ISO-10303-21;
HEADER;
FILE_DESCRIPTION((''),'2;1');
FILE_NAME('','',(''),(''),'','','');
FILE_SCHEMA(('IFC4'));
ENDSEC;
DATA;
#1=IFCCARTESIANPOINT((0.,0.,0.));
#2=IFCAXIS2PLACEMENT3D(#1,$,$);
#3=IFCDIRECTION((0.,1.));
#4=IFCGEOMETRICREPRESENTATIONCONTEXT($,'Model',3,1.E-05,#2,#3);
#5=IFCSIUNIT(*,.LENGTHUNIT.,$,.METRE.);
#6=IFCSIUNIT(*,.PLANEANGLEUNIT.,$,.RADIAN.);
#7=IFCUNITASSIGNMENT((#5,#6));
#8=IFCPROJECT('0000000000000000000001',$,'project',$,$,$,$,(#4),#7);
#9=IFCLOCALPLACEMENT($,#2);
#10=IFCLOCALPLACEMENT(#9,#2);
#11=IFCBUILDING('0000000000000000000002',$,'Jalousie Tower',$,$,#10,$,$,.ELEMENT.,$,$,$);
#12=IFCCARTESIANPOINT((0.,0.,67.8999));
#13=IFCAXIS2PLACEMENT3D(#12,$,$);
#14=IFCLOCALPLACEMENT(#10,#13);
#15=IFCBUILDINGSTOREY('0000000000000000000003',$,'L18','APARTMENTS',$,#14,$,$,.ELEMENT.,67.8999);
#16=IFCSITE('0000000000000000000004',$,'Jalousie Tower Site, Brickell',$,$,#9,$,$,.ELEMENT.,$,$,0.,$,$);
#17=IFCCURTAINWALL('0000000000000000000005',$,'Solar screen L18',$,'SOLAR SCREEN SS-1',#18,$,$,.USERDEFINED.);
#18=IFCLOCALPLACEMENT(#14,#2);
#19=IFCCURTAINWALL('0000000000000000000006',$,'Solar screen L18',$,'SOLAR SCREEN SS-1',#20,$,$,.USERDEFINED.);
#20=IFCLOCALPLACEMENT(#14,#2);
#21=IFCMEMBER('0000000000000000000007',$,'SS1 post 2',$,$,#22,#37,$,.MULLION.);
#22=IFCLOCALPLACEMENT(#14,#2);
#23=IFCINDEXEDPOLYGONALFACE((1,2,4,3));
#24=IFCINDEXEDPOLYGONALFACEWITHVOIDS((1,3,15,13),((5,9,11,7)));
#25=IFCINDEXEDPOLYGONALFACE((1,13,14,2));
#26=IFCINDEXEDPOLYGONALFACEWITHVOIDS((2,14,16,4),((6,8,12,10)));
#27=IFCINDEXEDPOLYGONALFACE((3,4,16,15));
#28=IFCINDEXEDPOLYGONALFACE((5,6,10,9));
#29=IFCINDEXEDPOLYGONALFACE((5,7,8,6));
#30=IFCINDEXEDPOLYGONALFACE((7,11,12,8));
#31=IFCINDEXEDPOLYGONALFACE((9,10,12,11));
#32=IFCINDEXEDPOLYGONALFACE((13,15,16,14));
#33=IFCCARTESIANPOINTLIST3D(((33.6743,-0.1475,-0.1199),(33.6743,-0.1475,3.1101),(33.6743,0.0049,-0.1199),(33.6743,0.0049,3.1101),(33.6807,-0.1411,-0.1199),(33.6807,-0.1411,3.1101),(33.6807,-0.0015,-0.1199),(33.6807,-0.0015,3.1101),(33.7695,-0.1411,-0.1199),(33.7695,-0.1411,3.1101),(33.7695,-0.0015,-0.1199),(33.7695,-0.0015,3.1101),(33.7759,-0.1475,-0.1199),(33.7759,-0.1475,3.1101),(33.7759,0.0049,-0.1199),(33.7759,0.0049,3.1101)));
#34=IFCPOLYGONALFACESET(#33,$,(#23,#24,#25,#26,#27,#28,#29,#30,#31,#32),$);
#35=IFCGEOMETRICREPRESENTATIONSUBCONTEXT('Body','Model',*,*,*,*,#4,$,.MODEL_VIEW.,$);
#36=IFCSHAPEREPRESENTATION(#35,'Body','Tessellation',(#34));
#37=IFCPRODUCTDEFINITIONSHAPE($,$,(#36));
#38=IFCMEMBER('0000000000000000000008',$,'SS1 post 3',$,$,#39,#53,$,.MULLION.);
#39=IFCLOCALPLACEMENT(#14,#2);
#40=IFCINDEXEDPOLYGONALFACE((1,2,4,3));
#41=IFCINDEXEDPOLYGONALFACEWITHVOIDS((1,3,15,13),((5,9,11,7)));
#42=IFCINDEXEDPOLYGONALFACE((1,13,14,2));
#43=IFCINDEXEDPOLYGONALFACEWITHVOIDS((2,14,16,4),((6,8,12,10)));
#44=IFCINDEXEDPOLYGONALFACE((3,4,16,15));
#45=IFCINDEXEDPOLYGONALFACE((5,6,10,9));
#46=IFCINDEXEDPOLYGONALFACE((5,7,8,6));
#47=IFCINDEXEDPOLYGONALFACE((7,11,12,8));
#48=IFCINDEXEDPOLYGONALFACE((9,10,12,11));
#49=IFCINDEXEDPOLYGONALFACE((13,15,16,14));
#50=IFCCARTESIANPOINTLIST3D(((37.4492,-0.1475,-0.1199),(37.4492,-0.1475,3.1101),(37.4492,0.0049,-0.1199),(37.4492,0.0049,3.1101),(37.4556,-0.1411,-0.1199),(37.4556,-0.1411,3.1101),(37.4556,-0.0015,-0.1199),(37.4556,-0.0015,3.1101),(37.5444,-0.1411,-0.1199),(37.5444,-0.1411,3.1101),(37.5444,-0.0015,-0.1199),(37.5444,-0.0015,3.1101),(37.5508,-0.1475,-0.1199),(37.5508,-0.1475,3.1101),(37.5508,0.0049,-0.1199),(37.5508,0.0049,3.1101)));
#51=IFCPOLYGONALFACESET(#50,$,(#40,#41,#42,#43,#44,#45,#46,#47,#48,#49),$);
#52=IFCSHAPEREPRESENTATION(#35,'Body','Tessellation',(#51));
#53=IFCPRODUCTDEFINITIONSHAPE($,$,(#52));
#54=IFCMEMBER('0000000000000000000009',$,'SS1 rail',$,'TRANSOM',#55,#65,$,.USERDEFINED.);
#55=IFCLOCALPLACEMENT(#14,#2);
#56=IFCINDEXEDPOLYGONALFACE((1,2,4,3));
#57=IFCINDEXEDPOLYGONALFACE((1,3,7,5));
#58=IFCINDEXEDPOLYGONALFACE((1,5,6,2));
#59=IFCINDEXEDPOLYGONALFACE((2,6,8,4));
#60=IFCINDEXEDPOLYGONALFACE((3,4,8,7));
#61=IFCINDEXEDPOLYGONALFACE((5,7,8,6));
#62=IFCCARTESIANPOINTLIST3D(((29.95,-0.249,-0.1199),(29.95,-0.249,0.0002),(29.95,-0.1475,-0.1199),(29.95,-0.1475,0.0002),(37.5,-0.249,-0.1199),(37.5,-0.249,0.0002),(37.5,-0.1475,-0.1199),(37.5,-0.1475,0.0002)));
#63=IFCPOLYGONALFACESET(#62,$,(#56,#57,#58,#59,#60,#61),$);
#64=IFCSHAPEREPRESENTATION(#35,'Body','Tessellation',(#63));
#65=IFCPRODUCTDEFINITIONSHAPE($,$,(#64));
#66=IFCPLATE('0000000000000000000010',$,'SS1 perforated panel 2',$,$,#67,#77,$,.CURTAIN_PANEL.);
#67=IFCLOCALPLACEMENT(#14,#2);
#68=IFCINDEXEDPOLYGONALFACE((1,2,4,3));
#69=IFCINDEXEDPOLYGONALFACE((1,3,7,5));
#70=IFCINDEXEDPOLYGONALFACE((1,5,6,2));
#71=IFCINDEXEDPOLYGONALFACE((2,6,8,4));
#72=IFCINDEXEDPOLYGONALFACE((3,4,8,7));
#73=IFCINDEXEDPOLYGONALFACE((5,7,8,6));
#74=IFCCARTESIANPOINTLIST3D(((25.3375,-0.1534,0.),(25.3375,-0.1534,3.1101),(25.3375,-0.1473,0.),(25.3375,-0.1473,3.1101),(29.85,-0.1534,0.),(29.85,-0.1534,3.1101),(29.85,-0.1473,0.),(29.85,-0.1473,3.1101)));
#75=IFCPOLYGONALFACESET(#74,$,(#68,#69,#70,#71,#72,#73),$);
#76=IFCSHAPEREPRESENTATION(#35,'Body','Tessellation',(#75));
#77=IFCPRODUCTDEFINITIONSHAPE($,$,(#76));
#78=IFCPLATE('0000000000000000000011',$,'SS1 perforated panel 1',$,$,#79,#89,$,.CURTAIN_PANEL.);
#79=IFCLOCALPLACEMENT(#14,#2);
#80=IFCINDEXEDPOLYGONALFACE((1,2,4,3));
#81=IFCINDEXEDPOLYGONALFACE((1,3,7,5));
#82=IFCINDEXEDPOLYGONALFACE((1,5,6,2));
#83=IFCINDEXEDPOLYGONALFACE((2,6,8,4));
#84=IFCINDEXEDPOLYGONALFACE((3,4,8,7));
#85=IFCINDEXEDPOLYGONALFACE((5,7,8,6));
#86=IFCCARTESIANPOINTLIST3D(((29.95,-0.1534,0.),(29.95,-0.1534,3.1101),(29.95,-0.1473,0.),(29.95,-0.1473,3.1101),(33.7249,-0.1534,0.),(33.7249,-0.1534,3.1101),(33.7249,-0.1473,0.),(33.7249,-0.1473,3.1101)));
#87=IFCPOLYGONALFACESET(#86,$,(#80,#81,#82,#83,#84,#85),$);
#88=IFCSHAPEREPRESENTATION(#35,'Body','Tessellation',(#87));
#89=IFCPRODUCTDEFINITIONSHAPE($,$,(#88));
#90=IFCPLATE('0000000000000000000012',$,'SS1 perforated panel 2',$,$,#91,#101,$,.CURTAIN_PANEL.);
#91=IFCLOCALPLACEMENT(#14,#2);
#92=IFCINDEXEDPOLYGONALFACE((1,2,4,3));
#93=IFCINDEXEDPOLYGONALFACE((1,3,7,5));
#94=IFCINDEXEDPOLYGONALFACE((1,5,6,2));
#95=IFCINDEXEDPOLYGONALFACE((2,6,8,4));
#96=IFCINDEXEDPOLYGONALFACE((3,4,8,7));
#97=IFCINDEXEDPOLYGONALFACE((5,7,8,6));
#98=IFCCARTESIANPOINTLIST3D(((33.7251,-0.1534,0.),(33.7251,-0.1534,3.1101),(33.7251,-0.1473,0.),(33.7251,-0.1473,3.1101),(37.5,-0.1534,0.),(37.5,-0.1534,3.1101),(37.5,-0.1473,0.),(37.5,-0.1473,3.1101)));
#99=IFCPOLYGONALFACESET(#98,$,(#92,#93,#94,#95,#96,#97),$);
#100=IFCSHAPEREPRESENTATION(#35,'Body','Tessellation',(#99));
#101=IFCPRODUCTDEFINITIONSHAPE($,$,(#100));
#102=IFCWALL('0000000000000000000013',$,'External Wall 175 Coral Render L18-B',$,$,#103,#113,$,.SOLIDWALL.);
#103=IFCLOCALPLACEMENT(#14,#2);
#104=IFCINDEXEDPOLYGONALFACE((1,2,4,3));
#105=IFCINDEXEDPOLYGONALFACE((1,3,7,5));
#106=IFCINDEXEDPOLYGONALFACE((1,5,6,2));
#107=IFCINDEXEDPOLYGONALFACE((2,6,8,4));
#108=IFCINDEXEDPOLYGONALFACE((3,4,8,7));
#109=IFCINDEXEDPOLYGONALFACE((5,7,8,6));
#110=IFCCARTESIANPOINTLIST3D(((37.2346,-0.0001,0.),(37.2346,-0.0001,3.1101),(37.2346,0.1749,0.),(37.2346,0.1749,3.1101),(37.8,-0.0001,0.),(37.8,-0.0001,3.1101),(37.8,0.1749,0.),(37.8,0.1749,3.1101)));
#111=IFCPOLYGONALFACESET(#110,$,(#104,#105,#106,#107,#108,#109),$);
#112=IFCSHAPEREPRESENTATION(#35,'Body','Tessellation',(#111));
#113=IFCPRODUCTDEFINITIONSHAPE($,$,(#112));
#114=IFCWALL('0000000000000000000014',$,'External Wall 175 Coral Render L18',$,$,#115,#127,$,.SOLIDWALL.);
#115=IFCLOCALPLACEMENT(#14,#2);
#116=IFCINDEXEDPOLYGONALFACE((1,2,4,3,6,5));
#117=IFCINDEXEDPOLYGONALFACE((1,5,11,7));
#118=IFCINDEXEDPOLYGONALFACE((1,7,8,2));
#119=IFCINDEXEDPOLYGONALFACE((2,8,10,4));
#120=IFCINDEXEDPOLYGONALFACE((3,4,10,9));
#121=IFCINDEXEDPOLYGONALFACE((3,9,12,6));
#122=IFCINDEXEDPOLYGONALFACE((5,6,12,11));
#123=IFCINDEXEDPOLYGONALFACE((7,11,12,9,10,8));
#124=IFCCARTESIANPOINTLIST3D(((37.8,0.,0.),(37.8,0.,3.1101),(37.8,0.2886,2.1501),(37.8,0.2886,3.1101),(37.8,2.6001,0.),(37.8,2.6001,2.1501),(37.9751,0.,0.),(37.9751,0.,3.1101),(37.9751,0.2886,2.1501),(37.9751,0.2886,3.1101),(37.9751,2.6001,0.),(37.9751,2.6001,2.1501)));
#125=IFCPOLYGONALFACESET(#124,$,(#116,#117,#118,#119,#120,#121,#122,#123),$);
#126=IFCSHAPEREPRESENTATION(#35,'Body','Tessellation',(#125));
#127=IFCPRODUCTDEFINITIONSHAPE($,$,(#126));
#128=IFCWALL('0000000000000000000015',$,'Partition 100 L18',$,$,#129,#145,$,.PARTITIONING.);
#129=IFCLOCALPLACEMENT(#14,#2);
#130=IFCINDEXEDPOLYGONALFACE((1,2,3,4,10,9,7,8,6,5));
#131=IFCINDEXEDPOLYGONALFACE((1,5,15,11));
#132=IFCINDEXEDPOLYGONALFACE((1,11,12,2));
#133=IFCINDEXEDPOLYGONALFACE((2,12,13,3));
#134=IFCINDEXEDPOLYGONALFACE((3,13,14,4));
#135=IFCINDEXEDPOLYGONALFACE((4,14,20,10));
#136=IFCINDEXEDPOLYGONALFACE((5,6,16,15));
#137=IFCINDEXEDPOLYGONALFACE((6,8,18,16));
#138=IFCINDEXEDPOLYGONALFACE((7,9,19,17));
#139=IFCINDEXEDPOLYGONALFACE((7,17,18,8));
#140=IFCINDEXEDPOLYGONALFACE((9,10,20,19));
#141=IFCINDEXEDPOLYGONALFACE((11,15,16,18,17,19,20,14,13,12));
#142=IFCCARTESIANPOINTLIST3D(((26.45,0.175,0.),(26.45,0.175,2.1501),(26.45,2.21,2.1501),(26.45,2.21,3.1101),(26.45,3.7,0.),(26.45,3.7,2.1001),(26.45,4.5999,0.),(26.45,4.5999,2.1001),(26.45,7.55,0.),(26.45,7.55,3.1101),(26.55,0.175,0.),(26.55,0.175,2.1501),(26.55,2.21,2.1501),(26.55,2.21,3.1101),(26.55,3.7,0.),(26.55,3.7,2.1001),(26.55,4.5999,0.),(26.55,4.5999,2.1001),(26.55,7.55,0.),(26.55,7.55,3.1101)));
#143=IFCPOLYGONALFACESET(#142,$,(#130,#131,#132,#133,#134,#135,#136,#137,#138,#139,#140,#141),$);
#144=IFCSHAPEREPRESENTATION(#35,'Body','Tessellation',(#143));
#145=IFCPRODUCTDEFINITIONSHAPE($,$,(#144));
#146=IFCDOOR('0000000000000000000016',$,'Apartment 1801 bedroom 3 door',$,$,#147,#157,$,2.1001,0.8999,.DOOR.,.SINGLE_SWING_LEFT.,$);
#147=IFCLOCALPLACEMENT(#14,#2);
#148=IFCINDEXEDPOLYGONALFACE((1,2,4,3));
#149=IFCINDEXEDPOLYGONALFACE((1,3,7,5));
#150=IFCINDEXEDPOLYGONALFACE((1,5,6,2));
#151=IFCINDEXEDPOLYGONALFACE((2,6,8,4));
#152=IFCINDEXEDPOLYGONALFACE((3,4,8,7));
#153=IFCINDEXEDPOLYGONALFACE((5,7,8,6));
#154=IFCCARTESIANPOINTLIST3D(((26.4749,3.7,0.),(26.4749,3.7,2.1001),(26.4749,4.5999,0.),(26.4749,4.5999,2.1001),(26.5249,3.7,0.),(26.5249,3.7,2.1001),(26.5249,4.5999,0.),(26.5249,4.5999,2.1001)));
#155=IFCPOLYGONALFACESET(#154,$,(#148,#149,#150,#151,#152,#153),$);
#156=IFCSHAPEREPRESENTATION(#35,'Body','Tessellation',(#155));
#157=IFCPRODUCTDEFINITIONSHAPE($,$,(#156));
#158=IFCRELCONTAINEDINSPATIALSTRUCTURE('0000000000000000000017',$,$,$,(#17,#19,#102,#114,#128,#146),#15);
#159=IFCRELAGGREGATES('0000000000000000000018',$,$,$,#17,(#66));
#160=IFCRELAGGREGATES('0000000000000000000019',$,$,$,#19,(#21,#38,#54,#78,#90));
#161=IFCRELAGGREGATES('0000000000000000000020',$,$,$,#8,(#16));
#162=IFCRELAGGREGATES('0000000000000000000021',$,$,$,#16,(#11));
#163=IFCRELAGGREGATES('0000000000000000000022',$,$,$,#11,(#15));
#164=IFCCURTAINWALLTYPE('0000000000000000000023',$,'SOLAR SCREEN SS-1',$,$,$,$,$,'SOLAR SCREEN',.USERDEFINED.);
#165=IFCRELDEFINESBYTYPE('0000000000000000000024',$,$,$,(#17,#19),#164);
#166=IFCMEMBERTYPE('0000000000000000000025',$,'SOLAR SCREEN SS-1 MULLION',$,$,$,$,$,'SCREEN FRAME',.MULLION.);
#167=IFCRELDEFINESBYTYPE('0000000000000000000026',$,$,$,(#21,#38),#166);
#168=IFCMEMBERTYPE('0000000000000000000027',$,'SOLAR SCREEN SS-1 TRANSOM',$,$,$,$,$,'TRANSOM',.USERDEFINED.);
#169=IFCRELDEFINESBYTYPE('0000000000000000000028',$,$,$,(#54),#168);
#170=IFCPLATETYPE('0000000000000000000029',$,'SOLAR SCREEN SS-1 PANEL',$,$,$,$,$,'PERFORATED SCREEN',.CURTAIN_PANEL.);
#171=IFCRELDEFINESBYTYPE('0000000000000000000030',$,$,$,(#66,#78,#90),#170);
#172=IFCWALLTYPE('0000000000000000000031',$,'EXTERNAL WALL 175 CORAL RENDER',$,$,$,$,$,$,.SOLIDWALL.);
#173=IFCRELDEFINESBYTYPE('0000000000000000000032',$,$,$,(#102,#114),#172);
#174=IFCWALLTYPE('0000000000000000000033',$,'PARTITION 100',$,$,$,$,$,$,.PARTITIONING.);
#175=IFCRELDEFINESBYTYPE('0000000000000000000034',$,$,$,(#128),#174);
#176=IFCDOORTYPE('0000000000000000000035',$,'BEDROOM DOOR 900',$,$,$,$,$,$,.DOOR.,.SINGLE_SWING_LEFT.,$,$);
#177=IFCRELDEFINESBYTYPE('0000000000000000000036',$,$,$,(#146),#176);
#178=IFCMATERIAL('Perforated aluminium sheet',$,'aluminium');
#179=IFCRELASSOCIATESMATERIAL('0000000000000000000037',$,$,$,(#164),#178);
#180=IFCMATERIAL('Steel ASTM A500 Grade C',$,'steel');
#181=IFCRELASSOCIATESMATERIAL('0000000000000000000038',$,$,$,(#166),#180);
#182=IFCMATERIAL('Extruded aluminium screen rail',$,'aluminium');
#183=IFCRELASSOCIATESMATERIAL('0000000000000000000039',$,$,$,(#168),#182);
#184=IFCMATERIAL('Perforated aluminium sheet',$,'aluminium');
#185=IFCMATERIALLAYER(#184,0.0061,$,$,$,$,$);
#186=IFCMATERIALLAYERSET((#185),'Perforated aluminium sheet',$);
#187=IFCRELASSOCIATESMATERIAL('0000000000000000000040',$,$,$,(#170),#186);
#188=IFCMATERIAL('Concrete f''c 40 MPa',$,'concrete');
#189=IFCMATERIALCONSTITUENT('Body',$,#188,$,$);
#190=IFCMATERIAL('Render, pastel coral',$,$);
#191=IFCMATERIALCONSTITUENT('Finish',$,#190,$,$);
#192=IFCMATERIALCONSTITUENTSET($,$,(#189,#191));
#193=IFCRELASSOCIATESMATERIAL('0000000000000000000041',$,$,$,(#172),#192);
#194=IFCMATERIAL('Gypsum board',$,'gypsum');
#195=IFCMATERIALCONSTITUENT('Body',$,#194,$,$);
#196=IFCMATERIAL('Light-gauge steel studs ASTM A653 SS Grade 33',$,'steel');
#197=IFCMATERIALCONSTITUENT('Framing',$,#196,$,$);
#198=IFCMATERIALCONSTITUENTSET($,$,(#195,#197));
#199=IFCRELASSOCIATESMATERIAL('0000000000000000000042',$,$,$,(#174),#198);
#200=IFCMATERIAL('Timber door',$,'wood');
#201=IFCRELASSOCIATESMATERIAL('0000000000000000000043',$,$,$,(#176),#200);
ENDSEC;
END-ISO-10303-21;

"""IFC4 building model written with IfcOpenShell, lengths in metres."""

from ifc_helpers import new_model, si_unit, direction, frame, frame_2d, origin, origin_2d, place, context, subcontext, project, spatial, polyline, rectangle, hollow_rectangle, outline, extrude, material, layer, layer_set, constituent, constituent_set, material_profile, profile_set, type_object, element, fill, aggregate, save


model = new_model("IFC4")

# Units and contexts
model_context = context("Model", 3, precision=1e-05, world=origin(), true_north=direction((0.0, 1.0)))
body_context = subcontext(model_context, "Body", "Model", "MODEL_VIEW")
ifc_project = project(units=[si_unit("LENGTHUNIT", "METRE"), si_unit("PLANEANGLEUNIT", "RADIAN")], contexts=[model_context])

# Site, building, storey
site_placement = place(None, origin())
site = spatial("IfcSite", under=ifc_project, at=site_placement, Name="Jalousie Tower Site, Brickell", CompositionType="ELEMENT", RefElevation=0.0)
building_placement = place(site_placement, origin())
building = spatial("IfcBuilding", under=site, at=building_placement, Name="Jalousie Tower", CompositionType="ELEMENT")
storey_placement = place(building_placement, frame((0.0, 0.0, 67.8999)))
storey = spatial("IfcBuildingStorey", under=building, at=storey_placement, Name="L18", Description="APARTMENTS", CompositionType="ELEMENT", Elevation=67.8999)

# Curtain walls, members
ifc_material_1 = material(Name="Perforated aluminium sheet", Category="aluminium")
curtain_wall_type = type_object("IfcCurtainWallType", Name="SOLAR SCREEN SS-1", ElementType="SOLAR SCREEN", PredefinedType="USERDEFINED", material=ifc_material_1)
curtain_wall_1_placement = place(storey_placement, origin())
curtain_wall_1 = element("IfcCurtainWall", 1, at=curtain_wall_1_placement, inside=storey, type_object=curtain_wall_type, Name="Solar screen L18", ObjectType="SOLAR SCREEN SS-1", PredefinedType="USERDEFINED")
ifc_material_2 = material(Name="Steel ASTM A500 Grade C", Category="steel")
ifc_material_profile_1 = material_profile(ifc_material_2, hollow_rectangle(XDim=0.1016, YDim=0.1523, WallThickness=0.0063, at=origin_2d()), Name="HSS6X4X1/4")
ifc_profile_set_1 = profile_set([ifc_material_profile_1], Name="Steel ASTM A500 Grade C")
member_type_1 = type_object("IfcMemberType", Name="SOLAR SCREEN SS-1 MULLION", ElementType="SCREEN FRAME", PredefinedType="MULLION", material=ifc_profile_set_1)
curtain_wall_2_placement = place(storey_placement, origin())
curtain_wall_2 = element("IfcCurtainWall", 2, at=curtain_wall_2_placement, inside=storey, type_object=curtain_wall_type, Name="Solar screen L18", ObjectType="SOLAR SCREEN SS-1", PredefinedType="USERDEFINED")
member_1_placement = place(storey_placement, frame((33.7251, -0.0713, -0.1199), z_axis=(0.0, 0.0, 1.0), x_axis=(1.0, 0.0, 0.0)))
member_1 = element("IfcMember", 3, at=member_1_placement, type_object=member_type_1, Name="SS1 post 2", PredefinedType="MULLION", context=body_context, shape_type="SweptSolid", body=[
    extrude(hollow_rectangle(XDim=0.1016, YDim=0.1523, WallThickness=0.0063, at=origin_2d()), origin(), (0.0, 0.0, 1.0), 3.23),
])
member_2_placement = place(storey_placement, frame((37.5, -0.0713, -0.1199), z_axis=(0.0, 0.0, 1.0), x_axis=(1.0, 0.0, 0.0)))
member_2 = element("IfcMember", 4, at=member_2_placement, type_object=member_type_1, Name="SS1 post 3", PredefinedType="MULLION", context=body_context, shape_type="SweptSolid", body=[
    extrude(hollow_rectangle(XDim=0.1016, YDim=0.1523, WallThickness=0.0063, at=origin_2d()), origin(), (0.0, 0.0, 1.0), 3.23),
])
ifc_material_3 = material(Name="Extruded aluminium screen rail", Category="aluminium")
ifc_material_profile_2 = material_profile(ifc_material_3, rectangle(XDim=0.1016, YDim=0.1201, at=origin_2d()), Name="RAIL 102x120")
ifc_profile_set_2 = profile_set([ifc_material_profile_2], Name="Extruded aluminium screen rail")
member_type_2 = type_object("IfcMemberType", Name="SOLAR SCREEN SS-1 TRANSOM", ElementType="TRANSOM", PredefinedType="USERDEFINED", material=ifc_profile_set_2)
member_3_placement = place(storey_placement, frame((29.95, -0.1982, -0.0598), z_axis=(1.0, 0.0, 0.0), x_axis=(0.0, 1.0, 0.0)))
member_3 = element("IfcMember", 5, at=member_3_placement, type_object=member_type_2, Name="SS1 rail", ObjectType="TRANSOM", PredefinedType="USERDEFINED", context=body_context, shape_type="SweptSolid", body=[
    extrude(rectangle(XDim=0.1016, YDim=0.1201, at=origin_2d()), origin(), (0.0, 0.0, 1.0), 7.55),
])

# Plates
ifc_material_4 = material(Name="Perforated aluminium sheet", Category="aluminium")
ifc_layer_1 = layer(ifc_material_4, 0.0061)
ifc_layer_set_1 = layer_set([ifc_layer_1], Name="Perforated aluminium sheet")
plate_type = type_object("IfcPlateType", Name="SOLAR SCREEN SS-1 PANEL", ElementType="PERFORATED SCREEN", PredefinedType="CURTAIN_PANEL", material=ifc_layer_set_1)
plate_1_placement = place(storey_placement, frame((27.5938, -0.1504, 0.0), z_axis=(0.0, 0.0, 1.0), x_axis=(1.0, 0.0, 0.0)))
plate_1 = element("IfcPlate", 6, at=plate_1_placement, type_object=plate_type, Name="SS1 perforated panel 2", PredefinedType="CURTAIN_PANEL", context=body_context, shape_type="SweptSolid", body=[
    extrude(rectangle(XDim=4.5125, YDim=0.0061, at=origin_2d()), origin(), (0.0, 0.0, 1.0), 3.1101),
])
aggregate(curtain_wall_1, [plate_1])
plate_2_placement = place(storey_placement, frame((31.8374, -0.1504, 0.0), z_axis=(0.0, 0.0, 1.0), x_axis=(1.0, 0.0, 0.0)))
plate_2 = element("IfcPlate", 7, at=plate_2_placement, type_object=plate_type, Name="SS1 perforated panel 1", PredefinedType="CURTAIN_PANEL", context=body_context, shape_type="SweptSolid", body=[
    extrude(rectangle(XDim=3.7749, YDim=0.0061, at=origin_2d()), origin(), (0.0, 0.0, 1.0), 3.1101),
])
plate_3_placement = place(storey_placement, frame((35.6125, -0.1504, 0.0), z_axis=(0.0, 0.0, 1.0), x_axis=(1.0, 0.0, 0.0)))
plate_3 = element("IfcPlate", 8, at=plate_3_placement, type_object=plate_type, Name="SS1 perforated panel 2", PredefinedType="CURTAIN_PANEL", context=body_context, shape_type="SweptSolid", body=[
    extrude(rectangle(XDim=3.7749, YDim=0.0061, at=origin_2d()), origin(), (0.0, 0.0, 1.0), 3.1101),
])
aggregate(curtain_wall_2, [member_1, member_2, member_3, plate_2, plate_3])

# Walls
ifc_material_5 = material(Name="Concrete f'c 40 MPa", Category="concrete")
ifc_constituent_1 = constituent(ifc_material_5, Name="Body")
ifc_material_6 = material(Name="Render, pastel coral")
ifc_constituent_2 = constituent(ifc_material_6, Name="Finish")
ifc_constituent_set_1 = constituent_set(constituents=[ifc_constituent_1, ifc_constituent_2])
wall_type_1 = type_object("IfcWallType", Name="EXTERNAL WALL 175 CORAL RENDER", PredefinedType="SOLIDWALL", material=ifc_constituent_set_1)
wall_1_placement = place(storey_placement, frame((37.2346, 0.0874, 0.0), z_axis=(0.0, 0.0, 1.0), x_axis=(1.0, 0.0, 0.0)))
element("IfcWall", 9, at=wall_1_placement, inside=storey, type_object=wall_type_1, Name="External Wall 175 Coral Render L18-B", PredefinedType="SOLIDWALL", context=body_context, shape_type="SweptSolid", body=[
    extrude(rectangle(XDim=0.5654, YDim=0.175, at=frame_2d((0.2827, 0.0))), origin(), (0.0, 0.0, 1.0), 3.1101),
])
wall_2_placement = place(storey_placement, frame((37.8875, 0.0, 0.0), z_axis=(0.0, 0.0, 1.0), x_axis=(0.0, 1.0, 0.0)))
element("IfcWall", 10, at=wall_2_placement, inside=storey, type_object=wall_type_1, Name="External Wall 175 Coral Render L18", PredefinedType="SOLIDWALL", context=body_context, shape_type="SweptSolid", body=[
    extrude(outline(polyline([(0.0, 0.0), (2.6001, 0.0), (2.6001, 2.1501), (0.2886, 2.1501), (0.2886, 3.1101), (0.0, 3.1101), (0.0, 0.0)])), frame((0.0, 0.0874, 0.0), z_axis=(0.0, -1.0, 0.0), x_axis=(1.0, 0.0, 0.0)), (0.0, 0.0, 1.0), 0.175),
])

# Wall, opening, door
ifc_material_7 = material(Name="Gypsum board", Category="gypsum")
ifc_constituent_3 = constituent(ifc_material_7, Name="Body")
ifc_material_8 = material(Name="Light-gauge steel studs ASTM A653 SS Grade 33", Category="steel")
ifc_constituent_4 = constituent(ifc_material_8, Name="Framing")
ifc_constituent_set_2 = constituent_set(constituents=[ifc_constituent_3, ifc_constituent_4])
wall_type_2 = type_object("IfcWallType", Name="PARTITION 100", PredefinedType="PARTITIONING", material=ifc_constituent_set_2)
wall_3_placement = place(storey_placement, frame((26.5, 0.175, 0.0), z_axis=(0.0, 0.0, 1.0), x_axis=(0.0, 1.0, 0.0)))
wall_3 = element("IfcWall", 11, at=wall_3_placement, inside=storey, type_object=wall_type_2, Name="Partition 100 L18", PredefinedType="PARTITIONING", context=body_context, shape_type="SweptSolid", body=[
    extrude(outline(polyline([(0.0, 0.0), (7.375, 0.0), (7.375, 3.1101), (2.0349, 3.1101), (2.0349, 2.1501), (0.0, 2.1501), (0.0, 3.1101), (0.0, 0.0)])), frame((0.0, 0.05, 0.0), z_axis=(0.0, -1.0, 0.0), x_axis=(1.0, 0.0, 0.0)), (0.0, 0.0, 1.0), 0.1001),
])
opening_1_placement = place(wall_3_placement, frame((3.5249, 0.0, 0.0)))
opening_1 = element("IfcOpeningElement", 12, at=opening_1_placement, cuts=wall_3, PredefinedType="OPENING", context=body_context, shape_type="SweptSolid", body=[
    extrude(rectangle(XDim=0.8999, YDim=2.1001, at=frame_2d((0.45, 1.05))), frame((0.0, 0.0601, 0.0), z_axis=(0.0, -1.0, 0.0), x_axis=(1.0, 0.0, 0.0)), (0.0, 0.0, 1.0), 0.1201),
])
ifc_material_9 = material(Name="Timber door", Category="wood")
door_type = type_object("IfcDoorType", Name="BEDROOM DOOR 900", OperationType="SINGLE_SWING_LEFT", PredefinedType="DOOR", material=ifc_material_9)
door_1_placement = place(opening_1_placement, frame((0.8999, 0.0, 0.0), z_axis=(0.0, 0.0, 1.0), x_axis=(-1.0, 0.0, 0.0)))
door_1 = element("IfcDoor", 13, at=door_1_placement, inside=storey, type_object=door_type, Name="Apartment 1801 bedroom 3 door", OperationType="SINGLE_SWING_LEFT", OverallHeight=2.1001, OverallWidth=0.8999, PredefinedType="DOOR", context=body_context, shape_type="SweptSolid", body=[
    extrude(rectangle(XDim=0.8999, YDim=2.1001, at=frame_2d((0.45, 1.05))), frame((0.0, 0.0249, 0.0), z_axis=(0.0, -1.0, 0.0), x_axis=(1.0, 0.0, 0.0)), (0.0, 0.0, 1.0), 0.05),
])
fill(opening_1, door_1)

save(model, "model.ifc")
